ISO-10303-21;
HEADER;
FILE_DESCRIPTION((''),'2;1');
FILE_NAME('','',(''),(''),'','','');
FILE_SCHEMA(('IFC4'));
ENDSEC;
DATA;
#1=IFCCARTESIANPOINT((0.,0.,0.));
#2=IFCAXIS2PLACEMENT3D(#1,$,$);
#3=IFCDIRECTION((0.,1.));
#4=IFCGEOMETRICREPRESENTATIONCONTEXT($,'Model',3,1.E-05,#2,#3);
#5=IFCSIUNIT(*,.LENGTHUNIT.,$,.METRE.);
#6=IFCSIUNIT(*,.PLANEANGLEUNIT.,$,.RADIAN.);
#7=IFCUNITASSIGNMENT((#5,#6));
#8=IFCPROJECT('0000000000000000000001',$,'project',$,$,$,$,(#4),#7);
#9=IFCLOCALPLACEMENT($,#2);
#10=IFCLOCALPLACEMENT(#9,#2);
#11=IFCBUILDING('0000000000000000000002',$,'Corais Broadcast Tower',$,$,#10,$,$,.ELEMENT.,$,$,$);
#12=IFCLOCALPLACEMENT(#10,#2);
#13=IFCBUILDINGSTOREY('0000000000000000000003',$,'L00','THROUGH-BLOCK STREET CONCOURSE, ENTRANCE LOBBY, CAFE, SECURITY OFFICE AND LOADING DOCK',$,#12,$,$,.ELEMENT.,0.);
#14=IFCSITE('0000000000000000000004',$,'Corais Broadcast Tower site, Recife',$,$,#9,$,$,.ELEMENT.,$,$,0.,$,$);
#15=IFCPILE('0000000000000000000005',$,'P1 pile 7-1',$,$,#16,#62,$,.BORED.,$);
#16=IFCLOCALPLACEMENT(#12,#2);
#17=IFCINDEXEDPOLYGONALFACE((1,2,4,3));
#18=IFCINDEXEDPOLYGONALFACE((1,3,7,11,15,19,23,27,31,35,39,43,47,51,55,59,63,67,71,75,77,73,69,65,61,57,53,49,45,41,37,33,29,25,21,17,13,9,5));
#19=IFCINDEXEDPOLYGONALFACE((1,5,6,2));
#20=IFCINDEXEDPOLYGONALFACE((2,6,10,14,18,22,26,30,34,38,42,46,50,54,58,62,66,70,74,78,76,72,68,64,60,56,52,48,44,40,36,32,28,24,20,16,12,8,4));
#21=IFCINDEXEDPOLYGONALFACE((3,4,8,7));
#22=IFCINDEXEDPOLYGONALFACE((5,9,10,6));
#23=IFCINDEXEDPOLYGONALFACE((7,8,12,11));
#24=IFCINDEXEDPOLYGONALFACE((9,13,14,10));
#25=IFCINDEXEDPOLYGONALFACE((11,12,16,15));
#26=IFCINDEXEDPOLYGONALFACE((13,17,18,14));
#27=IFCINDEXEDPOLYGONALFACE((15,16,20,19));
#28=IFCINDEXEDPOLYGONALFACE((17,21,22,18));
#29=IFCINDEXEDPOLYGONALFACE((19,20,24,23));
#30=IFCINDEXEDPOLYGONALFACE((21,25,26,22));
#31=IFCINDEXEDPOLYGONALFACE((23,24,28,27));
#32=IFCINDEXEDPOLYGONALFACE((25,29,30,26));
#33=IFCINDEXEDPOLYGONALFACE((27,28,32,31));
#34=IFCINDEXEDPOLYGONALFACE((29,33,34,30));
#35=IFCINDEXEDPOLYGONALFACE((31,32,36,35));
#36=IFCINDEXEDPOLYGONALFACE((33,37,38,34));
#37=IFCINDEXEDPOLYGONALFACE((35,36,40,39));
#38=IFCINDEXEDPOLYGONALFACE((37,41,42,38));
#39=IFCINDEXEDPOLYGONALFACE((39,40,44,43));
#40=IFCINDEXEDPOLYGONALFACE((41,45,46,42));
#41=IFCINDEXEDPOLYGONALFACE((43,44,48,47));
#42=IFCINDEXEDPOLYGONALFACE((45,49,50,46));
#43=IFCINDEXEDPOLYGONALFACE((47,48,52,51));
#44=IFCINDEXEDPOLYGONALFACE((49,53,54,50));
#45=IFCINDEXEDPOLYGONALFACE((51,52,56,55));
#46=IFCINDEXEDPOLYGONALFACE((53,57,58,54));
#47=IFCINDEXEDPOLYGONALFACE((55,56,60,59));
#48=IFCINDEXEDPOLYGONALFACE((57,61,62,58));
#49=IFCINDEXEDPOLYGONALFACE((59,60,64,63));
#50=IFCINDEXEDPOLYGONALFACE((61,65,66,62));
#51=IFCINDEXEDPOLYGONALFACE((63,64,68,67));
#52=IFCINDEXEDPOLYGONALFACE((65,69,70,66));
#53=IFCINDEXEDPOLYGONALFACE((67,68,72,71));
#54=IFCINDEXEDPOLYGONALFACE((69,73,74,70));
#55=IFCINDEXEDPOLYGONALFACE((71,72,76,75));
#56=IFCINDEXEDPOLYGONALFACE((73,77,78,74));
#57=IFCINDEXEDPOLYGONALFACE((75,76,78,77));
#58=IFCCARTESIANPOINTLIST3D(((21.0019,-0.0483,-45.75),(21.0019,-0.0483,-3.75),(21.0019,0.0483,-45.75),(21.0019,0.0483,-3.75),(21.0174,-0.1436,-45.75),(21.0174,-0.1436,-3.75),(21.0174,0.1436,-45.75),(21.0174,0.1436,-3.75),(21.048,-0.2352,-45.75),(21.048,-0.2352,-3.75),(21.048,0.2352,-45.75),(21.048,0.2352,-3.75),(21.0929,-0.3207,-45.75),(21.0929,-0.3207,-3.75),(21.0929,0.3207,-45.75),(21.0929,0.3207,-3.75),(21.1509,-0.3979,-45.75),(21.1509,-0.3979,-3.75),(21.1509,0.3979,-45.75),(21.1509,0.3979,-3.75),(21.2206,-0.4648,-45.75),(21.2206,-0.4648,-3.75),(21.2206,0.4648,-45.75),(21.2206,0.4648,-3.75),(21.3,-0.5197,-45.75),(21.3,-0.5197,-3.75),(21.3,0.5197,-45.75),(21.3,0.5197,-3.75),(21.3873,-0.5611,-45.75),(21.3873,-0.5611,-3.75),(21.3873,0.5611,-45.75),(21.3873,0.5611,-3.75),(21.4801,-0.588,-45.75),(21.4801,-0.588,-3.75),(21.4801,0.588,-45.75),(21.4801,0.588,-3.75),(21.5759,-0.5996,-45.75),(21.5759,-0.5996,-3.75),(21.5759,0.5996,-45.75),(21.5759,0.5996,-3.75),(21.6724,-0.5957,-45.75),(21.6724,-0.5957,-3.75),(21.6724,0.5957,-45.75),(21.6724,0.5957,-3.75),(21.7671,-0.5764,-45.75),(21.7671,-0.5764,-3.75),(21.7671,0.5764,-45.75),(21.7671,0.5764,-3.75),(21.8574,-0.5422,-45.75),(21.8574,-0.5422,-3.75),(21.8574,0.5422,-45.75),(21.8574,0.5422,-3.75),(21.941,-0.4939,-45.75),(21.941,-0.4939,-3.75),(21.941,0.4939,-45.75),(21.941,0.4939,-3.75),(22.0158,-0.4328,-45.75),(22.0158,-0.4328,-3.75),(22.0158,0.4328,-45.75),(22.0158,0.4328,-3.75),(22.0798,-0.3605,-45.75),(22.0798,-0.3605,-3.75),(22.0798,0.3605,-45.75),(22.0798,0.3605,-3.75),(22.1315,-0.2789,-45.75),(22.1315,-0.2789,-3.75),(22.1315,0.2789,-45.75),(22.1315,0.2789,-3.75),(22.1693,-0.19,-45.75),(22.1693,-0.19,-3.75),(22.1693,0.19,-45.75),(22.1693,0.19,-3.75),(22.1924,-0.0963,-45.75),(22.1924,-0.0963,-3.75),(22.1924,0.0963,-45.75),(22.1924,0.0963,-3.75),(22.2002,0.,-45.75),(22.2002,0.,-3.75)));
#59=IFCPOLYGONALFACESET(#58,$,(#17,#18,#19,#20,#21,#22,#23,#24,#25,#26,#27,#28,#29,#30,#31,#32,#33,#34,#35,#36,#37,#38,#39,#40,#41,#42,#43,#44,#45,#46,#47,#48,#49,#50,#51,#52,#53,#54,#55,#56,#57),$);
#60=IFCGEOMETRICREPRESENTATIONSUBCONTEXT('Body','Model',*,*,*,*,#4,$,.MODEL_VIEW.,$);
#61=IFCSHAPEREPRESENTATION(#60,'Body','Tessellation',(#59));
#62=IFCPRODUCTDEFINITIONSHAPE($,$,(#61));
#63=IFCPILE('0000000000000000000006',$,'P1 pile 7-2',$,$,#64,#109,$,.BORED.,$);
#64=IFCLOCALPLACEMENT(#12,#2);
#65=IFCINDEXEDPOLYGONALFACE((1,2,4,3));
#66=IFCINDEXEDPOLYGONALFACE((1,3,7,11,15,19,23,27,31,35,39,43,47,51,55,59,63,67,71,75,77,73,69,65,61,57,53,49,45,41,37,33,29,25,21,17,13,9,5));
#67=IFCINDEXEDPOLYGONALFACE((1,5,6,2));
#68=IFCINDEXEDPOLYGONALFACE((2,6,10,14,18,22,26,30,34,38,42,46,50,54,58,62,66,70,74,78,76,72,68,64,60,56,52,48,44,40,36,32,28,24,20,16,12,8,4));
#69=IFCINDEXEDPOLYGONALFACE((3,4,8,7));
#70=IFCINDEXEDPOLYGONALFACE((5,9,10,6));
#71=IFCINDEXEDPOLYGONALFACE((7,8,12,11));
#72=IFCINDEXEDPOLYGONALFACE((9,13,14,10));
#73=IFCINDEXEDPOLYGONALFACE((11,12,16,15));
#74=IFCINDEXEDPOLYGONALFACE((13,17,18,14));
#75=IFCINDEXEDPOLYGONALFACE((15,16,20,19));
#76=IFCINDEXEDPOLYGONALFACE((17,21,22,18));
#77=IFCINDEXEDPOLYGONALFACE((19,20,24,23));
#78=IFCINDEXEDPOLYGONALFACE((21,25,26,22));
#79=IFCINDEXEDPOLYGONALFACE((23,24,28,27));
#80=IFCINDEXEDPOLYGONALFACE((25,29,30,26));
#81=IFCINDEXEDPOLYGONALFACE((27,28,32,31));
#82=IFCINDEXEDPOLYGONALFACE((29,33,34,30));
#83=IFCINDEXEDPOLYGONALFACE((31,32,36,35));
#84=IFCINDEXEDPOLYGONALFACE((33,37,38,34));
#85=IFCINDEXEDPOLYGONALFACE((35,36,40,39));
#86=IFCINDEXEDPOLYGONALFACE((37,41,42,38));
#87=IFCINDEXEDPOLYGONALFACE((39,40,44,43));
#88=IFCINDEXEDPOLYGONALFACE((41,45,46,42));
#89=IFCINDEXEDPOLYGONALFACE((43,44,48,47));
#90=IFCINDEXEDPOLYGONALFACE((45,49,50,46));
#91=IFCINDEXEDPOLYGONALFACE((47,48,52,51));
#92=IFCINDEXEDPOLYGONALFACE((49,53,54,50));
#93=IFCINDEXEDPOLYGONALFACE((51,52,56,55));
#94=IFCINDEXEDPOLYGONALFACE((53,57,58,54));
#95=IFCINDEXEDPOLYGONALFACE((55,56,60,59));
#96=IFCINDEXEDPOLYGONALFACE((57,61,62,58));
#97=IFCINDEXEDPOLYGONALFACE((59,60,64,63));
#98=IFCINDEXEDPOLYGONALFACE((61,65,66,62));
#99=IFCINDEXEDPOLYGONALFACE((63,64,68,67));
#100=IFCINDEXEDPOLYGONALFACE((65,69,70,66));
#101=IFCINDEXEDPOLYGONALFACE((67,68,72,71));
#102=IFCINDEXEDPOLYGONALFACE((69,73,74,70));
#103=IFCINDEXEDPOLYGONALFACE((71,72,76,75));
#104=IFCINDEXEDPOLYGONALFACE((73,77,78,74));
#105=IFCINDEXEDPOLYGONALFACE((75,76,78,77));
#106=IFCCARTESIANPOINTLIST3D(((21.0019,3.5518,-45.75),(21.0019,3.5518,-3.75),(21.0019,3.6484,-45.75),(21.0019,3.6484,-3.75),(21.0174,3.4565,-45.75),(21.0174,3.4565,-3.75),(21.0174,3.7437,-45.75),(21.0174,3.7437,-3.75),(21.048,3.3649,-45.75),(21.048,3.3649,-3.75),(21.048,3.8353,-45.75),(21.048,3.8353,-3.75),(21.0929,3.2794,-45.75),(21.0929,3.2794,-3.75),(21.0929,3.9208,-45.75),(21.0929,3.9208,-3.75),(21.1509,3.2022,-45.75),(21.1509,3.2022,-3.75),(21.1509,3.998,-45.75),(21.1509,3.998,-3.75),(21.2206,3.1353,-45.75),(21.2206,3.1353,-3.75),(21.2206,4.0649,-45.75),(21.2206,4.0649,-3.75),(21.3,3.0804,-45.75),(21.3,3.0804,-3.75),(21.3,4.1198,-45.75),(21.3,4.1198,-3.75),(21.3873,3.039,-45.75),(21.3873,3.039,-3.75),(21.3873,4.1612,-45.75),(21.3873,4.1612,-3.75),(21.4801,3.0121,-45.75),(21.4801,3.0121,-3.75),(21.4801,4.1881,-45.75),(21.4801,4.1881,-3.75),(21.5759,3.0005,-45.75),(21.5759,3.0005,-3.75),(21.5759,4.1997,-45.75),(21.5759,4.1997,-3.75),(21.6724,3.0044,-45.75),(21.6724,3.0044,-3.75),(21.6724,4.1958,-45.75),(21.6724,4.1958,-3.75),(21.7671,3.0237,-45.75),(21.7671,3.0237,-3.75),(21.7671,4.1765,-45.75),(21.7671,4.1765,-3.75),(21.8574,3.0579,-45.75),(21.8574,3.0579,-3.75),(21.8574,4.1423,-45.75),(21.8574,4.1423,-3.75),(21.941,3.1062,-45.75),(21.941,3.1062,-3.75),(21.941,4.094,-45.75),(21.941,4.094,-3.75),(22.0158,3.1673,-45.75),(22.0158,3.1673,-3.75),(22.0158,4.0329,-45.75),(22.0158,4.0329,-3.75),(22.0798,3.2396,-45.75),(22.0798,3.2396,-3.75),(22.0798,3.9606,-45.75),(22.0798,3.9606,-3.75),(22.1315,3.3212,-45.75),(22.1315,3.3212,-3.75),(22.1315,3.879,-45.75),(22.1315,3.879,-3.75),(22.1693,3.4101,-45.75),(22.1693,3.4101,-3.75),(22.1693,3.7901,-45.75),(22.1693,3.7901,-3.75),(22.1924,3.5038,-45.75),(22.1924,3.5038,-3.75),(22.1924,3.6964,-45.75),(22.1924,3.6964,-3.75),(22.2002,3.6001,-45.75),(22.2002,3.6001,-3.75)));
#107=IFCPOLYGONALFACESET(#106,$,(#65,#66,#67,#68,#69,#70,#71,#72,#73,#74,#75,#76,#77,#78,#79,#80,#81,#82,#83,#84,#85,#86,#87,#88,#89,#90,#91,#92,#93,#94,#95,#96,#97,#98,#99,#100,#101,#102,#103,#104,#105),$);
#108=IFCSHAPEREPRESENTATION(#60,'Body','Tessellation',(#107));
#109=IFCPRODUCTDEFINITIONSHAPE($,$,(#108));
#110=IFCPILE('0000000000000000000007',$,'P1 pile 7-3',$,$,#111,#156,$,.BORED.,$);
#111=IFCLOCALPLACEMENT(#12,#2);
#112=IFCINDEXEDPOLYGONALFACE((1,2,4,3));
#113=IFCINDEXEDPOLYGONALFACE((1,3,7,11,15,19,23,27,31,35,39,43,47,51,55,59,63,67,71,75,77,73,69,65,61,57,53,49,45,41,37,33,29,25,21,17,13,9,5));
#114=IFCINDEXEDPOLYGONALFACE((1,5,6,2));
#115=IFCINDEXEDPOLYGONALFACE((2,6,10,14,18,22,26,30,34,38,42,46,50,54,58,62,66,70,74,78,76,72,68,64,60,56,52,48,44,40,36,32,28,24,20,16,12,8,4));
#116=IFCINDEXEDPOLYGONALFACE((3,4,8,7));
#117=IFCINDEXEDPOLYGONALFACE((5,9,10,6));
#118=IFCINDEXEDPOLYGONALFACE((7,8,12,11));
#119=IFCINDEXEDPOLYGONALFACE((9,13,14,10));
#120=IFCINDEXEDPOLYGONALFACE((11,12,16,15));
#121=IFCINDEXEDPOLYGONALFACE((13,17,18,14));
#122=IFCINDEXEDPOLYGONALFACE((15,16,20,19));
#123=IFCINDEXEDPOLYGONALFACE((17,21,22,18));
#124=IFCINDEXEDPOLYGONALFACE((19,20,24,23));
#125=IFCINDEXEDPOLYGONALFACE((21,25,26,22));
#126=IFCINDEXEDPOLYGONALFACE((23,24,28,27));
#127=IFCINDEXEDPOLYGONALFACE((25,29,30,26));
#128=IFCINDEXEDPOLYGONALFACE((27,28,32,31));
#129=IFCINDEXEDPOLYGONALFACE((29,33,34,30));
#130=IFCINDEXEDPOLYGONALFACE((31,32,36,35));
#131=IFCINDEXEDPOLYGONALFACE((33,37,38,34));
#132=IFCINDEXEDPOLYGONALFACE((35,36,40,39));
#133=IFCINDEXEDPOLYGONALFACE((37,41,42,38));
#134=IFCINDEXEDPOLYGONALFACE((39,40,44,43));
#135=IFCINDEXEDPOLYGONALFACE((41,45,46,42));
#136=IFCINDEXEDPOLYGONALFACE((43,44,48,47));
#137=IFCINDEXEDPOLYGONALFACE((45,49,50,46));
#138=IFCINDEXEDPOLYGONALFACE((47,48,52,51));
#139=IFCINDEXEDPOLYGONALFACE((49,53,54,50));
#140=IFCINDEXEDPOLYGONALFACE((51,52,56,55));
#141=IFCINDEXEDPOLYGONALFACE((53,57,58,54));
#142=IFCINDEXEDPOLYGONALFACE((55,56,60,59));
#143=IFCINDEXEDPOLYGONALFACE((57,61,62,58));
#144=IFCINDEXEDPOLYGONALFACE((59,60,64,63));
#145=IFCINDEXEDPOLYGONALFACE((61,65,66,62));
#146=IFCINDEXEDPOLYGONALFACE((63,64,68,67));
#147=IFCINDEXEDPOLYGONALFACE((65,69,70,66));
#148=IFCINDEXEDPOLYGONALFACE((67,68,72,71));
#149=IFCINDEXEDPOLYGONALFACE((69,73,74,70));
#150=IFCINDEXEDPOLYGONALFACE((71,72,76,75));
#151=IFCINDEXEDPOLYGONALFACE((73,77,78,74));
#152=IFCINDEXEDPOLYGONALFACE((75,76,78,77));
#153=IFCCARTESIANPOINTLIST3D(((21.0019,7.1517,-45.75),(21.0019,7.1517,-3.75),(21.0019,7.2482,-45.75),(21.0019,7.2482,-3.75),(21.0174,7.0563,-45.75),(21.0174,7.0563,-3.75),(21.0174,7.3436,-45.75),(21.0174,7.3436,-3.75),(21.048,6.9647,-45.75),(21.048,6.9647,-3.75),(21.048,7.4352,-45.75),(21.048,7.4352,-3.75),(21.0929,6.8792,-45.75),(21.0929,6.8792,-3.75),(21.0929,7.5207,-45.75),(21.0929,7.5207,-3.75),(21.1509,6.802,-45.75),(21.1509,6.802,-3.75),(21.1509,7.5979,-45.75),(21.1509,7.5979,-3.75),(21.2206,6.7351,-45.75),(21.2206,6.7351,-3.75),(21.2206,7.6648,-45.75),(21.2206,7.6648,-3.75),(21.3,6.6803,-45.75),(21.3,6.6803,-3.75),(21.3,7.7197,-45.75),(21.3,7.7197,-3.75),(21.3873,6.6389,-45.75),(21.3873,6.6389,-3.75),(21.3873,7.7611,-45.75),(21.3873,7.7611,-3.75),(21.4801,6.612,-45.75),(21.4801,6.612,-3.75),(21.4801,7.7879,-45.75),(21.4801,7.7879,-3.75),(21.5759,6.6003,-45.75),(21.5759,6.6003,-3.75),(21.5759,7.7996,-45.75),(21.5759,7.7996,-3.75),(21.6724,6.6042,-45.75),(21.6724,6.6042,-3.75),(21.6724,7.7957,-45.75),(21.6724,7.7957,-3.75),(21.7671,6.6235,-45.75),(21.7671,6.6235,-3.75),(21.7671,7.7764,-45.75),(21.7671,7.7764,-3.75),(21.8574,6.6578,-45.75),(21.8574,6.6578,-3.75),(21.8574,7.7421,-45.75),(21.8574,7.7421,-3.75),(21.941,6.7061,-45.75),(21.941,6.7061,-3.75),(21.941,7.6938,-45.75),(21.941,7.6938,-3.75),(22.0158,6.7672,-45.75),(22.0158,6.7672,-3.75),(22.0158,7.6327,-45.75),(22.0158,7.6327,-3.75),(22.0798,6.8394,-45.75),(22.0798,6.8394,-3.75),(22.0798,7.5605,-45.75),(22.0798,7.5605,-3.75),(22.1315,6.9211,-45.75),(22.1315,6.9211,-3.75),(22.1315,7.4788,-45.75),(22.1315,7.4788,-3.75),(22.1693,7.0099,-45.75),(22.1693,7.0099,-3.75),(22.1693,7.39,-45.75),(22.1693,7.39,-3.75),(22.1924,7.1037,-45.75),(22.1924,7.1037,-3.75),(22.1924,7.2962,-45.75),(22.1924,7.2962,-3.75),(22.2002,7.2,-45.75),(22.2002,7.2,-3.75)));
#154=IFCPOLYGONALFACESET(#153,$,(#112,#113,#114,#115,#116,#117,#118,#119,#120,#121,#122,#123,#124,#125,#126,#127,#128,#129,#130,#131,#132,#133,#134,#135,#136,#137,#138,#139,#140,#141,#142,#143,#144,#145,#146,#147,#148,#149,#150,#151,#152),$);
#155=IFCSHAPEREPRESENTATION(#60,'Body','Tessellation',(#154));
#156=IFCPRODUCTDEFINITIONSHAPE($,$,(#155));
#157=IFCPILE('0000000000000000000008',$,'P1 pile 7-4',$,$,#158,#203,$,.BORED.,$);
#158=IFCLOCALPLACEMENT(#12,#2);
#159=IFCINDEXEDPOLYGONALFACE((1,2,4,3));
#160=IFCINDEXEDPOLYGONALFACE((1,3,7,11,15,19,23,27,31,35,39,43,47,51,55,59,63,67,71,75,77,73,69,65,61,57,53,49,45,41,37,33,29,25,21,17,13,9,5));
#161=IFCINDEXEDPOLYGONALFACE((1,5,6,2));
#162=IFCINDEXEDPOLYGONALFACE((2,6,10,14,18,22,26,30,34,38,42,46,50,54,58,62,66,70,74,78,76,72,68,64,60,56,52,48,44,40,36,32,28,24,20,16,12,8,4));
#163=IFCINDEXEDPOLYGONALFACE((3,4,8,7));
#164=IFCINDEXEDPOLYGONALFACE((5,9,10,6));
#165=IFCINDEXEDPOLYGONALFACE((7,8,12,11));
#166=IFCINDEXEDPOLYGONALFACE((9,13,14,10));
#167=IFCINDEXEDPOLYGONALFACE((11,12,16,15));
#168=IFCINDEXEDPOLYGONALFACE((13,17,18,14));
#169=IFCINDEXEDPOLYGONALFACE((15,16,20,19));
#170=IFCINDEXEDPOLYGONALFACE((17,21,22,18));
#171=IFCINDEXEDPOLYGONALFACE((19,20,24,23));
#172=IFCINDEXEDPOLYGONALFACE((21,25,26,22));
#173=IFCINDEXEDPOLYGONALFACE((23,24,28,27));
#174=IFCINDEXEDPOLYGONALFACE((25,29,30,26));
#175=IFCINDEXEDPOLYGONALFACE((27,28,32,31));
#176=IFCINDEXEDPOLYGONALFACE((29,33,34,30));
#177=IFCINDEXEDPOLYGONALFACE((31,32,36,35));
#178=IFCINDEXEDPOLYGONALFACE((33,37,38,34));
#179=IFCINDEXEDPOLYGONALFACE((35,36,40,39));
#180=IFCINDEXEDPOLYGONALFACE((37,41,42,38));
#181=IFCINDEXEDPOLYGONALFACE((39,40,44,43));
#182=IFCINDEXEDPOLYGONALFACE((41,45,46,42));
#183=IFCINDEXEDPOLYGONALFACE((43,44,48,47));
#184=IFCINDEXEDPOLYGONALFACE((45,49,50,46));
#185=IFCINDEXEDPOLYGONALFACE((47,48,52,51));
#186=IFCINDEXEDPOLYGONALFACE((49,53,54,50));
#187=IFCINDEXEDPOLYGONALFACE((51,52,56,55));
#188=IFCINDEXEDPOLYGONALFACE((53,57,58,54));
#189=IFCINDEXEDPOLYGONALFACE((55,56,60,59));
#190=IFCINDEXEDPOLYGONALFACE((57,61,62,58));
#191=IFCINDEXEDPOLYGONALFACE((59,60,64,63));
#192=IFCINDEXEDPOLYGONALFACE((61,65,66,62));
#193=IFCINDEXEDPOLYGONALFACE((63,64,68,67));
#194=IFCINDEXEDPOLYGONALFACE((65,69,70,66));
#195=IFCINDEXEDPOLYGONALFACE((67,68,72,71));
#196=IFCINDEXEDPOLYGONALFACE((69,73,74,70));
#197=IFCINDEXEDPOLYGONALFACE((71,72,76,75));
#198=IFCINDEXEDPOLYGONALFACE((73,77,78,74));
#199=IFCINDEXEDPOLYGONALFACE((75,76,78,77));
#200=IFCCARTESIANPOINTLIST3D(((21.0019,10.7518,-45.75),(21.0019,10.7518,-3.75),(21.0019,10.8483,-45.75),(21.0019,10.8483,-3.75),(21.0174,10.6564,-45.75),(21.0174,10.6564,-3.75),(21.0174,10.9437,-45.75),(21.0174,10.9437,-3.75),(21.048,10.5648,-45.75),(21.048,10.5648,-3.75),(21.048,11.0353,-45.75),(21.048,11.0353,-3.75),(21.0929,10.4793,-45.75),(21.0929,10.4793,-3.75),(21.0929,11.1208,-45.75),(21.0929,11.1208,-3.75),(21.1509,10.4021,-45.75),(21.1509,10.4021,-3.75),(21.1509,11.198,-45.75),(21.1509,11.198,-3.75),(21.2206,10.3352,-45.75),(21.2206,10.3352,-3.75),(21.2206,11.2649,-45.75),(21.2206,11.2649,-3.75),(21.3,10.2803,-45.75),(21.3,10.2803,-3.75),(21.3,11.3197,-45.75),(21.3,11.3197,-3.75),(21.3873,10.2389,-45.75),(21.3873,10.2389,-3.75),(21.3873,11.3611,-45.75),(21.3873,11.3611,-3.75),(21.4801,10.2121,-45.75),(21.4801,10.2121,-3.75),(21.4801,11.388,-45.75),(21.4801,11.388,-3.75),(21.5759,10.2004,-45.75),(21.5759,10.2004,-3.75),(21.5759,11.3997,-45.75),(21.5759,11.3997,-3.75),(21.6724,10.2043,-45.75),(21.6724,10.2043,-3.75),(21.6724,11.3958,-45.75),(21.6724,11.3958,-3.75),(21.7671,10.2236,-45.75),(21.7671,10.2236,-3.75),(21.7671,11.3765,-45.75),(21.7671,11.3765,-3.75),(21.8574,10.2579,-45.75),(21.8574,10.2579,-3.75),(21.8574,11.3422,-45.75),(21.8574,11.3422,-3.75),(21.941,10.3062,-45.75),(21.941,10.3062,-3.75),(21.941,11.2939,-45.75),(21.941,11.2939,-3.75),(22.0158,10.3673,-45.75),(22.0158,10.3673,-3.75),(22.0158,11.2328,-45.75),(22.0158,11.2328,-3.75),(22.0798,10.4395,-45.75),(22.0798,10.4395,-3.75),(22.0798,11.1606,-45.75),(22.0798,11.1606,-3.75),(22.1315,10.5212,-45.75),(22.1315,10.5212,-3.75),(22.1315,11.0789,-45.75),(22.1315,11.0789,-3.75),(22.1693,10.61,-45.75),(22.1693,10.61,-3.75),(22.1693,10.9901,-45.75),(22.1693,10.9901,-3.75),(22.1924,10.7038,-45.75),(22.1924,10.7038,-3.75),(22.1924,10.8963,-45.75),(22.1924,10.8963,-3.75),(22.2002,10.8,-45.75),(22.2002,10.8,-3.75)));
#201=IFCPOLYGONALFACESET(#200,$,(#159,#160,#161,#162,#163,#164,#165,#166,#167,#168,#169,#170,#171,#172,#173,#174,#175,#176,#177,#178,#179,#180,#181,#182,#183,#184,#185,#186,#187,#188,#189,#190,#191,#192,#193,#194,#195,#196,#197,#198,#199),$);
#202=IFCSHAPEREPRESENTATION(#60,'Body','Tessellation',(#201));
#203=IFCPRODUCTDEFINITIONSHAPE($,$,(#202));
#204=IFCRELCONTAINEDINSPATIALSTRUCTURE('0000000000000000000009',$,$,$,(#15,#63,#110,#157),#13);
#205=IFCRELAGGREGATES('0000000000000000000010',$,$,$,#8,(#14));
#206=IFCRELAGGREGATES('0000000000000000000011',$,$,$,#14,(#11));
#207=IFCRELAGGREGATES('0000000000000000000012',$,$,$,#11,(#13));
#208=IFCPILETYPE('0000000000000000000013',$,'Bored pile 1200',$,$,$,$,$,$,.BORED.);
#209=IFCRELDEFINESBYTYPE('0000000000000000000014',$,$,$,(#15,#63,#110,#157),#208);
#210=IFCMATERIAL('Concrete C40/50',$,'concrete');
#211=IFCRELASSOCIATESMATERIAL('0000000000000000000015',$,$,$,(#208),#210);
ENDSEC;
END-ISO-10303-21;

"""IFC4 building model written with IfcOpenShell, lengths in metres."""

from ifc_helpers import new_model, si_unit, direction, frame, origin, origin_2d, place, context, subcontext, project, spatial, circle, extrude, material, type_object, element, save


model = new_model("IFC4")

# Units and contexts
model_context = context("Model", 3, precision=1e-05, world=origin(), true_north=direction((0.0, 1.0)))
body_context = subcontext(model_context, "Body", "Model", "MODEL_VIEW")
ifc_project = project(units=[si_unit("LENGTHUNIT", "METRE"), si_unit("PLANEANGLEUNIT", "RADIAN")], contexts=[model_context])

# Site, building, storey
site_placement = place(None, origin())
site = spatial("IfcSite", under=ifc_project, at=site_placement, Name="Corais Broadcast Tower site, Recife", CompositionType="ELEMENT", RefElevation=0.0)
building_placement = place(site_placement, origin())
building = spatial("IfcBuilding", under=site, at=building_placement, Name="Corais Broadcast Tower", CompositionType="ELEMENT")
storey_placement = place(building_placement, origin())
storey = spatial("IfcBuildingStorey", under=building, at=storey_placement, Name="L00", Description="THROUGH-BLOCK STREET CONCOURSE, ENTRANCE LOBBY, CAFE, SECURITY OFFICE AND LOADING DOCK", CompositionType="ELEMENT", Elevation=0.0)

# Piles
ifc_material_1 = material(Name="Concrete C40/50", Category="concrete")
pile_type = type_object("IfcPileType", Name="Bored pile 1200", PredefinedType="BORED", material=ifc_material_1)
for number, where, z_axis, x_axis, name in (
    (1, (21.6001, 0.0, -3.75), (0.0, 0.0, -1.0), (1.0, 0.0, 0.0), "P1 pile 7-1"),
    (2, (21.6001, 3.6001, -3.75), (0.0, 0.0, -1.0), (1.0, 0.0, 0.0), "P1 pile 7-2"),
    (3, (21.6001, 7.2, -3.75), (0.0, 0.0, -1.0), (1.0, 0.0, 0.0), "P1 pile 7-3"),
    (4, (21.6001, 10.8, -3.75), (0.0, 0.0, -1.0), (1.0, 0.0, 0.0), "P1 pile 7-4"),
):
    element("IfcPile", number, at=place(storey_placement, frame(where, z_axis=z_axis, x_axis=x_axis)), inside=storey, type_object=pile_type, Name=name, PredefinedType="BORED", context=body_context, shape_type="SweptSolid", body=[
        extrude(circle(Radius=0.6001, at=origin_2d()), origin(), (0.0, 0.0, 1.0), 42.0),
    ])

save(model, "model.ifc")
